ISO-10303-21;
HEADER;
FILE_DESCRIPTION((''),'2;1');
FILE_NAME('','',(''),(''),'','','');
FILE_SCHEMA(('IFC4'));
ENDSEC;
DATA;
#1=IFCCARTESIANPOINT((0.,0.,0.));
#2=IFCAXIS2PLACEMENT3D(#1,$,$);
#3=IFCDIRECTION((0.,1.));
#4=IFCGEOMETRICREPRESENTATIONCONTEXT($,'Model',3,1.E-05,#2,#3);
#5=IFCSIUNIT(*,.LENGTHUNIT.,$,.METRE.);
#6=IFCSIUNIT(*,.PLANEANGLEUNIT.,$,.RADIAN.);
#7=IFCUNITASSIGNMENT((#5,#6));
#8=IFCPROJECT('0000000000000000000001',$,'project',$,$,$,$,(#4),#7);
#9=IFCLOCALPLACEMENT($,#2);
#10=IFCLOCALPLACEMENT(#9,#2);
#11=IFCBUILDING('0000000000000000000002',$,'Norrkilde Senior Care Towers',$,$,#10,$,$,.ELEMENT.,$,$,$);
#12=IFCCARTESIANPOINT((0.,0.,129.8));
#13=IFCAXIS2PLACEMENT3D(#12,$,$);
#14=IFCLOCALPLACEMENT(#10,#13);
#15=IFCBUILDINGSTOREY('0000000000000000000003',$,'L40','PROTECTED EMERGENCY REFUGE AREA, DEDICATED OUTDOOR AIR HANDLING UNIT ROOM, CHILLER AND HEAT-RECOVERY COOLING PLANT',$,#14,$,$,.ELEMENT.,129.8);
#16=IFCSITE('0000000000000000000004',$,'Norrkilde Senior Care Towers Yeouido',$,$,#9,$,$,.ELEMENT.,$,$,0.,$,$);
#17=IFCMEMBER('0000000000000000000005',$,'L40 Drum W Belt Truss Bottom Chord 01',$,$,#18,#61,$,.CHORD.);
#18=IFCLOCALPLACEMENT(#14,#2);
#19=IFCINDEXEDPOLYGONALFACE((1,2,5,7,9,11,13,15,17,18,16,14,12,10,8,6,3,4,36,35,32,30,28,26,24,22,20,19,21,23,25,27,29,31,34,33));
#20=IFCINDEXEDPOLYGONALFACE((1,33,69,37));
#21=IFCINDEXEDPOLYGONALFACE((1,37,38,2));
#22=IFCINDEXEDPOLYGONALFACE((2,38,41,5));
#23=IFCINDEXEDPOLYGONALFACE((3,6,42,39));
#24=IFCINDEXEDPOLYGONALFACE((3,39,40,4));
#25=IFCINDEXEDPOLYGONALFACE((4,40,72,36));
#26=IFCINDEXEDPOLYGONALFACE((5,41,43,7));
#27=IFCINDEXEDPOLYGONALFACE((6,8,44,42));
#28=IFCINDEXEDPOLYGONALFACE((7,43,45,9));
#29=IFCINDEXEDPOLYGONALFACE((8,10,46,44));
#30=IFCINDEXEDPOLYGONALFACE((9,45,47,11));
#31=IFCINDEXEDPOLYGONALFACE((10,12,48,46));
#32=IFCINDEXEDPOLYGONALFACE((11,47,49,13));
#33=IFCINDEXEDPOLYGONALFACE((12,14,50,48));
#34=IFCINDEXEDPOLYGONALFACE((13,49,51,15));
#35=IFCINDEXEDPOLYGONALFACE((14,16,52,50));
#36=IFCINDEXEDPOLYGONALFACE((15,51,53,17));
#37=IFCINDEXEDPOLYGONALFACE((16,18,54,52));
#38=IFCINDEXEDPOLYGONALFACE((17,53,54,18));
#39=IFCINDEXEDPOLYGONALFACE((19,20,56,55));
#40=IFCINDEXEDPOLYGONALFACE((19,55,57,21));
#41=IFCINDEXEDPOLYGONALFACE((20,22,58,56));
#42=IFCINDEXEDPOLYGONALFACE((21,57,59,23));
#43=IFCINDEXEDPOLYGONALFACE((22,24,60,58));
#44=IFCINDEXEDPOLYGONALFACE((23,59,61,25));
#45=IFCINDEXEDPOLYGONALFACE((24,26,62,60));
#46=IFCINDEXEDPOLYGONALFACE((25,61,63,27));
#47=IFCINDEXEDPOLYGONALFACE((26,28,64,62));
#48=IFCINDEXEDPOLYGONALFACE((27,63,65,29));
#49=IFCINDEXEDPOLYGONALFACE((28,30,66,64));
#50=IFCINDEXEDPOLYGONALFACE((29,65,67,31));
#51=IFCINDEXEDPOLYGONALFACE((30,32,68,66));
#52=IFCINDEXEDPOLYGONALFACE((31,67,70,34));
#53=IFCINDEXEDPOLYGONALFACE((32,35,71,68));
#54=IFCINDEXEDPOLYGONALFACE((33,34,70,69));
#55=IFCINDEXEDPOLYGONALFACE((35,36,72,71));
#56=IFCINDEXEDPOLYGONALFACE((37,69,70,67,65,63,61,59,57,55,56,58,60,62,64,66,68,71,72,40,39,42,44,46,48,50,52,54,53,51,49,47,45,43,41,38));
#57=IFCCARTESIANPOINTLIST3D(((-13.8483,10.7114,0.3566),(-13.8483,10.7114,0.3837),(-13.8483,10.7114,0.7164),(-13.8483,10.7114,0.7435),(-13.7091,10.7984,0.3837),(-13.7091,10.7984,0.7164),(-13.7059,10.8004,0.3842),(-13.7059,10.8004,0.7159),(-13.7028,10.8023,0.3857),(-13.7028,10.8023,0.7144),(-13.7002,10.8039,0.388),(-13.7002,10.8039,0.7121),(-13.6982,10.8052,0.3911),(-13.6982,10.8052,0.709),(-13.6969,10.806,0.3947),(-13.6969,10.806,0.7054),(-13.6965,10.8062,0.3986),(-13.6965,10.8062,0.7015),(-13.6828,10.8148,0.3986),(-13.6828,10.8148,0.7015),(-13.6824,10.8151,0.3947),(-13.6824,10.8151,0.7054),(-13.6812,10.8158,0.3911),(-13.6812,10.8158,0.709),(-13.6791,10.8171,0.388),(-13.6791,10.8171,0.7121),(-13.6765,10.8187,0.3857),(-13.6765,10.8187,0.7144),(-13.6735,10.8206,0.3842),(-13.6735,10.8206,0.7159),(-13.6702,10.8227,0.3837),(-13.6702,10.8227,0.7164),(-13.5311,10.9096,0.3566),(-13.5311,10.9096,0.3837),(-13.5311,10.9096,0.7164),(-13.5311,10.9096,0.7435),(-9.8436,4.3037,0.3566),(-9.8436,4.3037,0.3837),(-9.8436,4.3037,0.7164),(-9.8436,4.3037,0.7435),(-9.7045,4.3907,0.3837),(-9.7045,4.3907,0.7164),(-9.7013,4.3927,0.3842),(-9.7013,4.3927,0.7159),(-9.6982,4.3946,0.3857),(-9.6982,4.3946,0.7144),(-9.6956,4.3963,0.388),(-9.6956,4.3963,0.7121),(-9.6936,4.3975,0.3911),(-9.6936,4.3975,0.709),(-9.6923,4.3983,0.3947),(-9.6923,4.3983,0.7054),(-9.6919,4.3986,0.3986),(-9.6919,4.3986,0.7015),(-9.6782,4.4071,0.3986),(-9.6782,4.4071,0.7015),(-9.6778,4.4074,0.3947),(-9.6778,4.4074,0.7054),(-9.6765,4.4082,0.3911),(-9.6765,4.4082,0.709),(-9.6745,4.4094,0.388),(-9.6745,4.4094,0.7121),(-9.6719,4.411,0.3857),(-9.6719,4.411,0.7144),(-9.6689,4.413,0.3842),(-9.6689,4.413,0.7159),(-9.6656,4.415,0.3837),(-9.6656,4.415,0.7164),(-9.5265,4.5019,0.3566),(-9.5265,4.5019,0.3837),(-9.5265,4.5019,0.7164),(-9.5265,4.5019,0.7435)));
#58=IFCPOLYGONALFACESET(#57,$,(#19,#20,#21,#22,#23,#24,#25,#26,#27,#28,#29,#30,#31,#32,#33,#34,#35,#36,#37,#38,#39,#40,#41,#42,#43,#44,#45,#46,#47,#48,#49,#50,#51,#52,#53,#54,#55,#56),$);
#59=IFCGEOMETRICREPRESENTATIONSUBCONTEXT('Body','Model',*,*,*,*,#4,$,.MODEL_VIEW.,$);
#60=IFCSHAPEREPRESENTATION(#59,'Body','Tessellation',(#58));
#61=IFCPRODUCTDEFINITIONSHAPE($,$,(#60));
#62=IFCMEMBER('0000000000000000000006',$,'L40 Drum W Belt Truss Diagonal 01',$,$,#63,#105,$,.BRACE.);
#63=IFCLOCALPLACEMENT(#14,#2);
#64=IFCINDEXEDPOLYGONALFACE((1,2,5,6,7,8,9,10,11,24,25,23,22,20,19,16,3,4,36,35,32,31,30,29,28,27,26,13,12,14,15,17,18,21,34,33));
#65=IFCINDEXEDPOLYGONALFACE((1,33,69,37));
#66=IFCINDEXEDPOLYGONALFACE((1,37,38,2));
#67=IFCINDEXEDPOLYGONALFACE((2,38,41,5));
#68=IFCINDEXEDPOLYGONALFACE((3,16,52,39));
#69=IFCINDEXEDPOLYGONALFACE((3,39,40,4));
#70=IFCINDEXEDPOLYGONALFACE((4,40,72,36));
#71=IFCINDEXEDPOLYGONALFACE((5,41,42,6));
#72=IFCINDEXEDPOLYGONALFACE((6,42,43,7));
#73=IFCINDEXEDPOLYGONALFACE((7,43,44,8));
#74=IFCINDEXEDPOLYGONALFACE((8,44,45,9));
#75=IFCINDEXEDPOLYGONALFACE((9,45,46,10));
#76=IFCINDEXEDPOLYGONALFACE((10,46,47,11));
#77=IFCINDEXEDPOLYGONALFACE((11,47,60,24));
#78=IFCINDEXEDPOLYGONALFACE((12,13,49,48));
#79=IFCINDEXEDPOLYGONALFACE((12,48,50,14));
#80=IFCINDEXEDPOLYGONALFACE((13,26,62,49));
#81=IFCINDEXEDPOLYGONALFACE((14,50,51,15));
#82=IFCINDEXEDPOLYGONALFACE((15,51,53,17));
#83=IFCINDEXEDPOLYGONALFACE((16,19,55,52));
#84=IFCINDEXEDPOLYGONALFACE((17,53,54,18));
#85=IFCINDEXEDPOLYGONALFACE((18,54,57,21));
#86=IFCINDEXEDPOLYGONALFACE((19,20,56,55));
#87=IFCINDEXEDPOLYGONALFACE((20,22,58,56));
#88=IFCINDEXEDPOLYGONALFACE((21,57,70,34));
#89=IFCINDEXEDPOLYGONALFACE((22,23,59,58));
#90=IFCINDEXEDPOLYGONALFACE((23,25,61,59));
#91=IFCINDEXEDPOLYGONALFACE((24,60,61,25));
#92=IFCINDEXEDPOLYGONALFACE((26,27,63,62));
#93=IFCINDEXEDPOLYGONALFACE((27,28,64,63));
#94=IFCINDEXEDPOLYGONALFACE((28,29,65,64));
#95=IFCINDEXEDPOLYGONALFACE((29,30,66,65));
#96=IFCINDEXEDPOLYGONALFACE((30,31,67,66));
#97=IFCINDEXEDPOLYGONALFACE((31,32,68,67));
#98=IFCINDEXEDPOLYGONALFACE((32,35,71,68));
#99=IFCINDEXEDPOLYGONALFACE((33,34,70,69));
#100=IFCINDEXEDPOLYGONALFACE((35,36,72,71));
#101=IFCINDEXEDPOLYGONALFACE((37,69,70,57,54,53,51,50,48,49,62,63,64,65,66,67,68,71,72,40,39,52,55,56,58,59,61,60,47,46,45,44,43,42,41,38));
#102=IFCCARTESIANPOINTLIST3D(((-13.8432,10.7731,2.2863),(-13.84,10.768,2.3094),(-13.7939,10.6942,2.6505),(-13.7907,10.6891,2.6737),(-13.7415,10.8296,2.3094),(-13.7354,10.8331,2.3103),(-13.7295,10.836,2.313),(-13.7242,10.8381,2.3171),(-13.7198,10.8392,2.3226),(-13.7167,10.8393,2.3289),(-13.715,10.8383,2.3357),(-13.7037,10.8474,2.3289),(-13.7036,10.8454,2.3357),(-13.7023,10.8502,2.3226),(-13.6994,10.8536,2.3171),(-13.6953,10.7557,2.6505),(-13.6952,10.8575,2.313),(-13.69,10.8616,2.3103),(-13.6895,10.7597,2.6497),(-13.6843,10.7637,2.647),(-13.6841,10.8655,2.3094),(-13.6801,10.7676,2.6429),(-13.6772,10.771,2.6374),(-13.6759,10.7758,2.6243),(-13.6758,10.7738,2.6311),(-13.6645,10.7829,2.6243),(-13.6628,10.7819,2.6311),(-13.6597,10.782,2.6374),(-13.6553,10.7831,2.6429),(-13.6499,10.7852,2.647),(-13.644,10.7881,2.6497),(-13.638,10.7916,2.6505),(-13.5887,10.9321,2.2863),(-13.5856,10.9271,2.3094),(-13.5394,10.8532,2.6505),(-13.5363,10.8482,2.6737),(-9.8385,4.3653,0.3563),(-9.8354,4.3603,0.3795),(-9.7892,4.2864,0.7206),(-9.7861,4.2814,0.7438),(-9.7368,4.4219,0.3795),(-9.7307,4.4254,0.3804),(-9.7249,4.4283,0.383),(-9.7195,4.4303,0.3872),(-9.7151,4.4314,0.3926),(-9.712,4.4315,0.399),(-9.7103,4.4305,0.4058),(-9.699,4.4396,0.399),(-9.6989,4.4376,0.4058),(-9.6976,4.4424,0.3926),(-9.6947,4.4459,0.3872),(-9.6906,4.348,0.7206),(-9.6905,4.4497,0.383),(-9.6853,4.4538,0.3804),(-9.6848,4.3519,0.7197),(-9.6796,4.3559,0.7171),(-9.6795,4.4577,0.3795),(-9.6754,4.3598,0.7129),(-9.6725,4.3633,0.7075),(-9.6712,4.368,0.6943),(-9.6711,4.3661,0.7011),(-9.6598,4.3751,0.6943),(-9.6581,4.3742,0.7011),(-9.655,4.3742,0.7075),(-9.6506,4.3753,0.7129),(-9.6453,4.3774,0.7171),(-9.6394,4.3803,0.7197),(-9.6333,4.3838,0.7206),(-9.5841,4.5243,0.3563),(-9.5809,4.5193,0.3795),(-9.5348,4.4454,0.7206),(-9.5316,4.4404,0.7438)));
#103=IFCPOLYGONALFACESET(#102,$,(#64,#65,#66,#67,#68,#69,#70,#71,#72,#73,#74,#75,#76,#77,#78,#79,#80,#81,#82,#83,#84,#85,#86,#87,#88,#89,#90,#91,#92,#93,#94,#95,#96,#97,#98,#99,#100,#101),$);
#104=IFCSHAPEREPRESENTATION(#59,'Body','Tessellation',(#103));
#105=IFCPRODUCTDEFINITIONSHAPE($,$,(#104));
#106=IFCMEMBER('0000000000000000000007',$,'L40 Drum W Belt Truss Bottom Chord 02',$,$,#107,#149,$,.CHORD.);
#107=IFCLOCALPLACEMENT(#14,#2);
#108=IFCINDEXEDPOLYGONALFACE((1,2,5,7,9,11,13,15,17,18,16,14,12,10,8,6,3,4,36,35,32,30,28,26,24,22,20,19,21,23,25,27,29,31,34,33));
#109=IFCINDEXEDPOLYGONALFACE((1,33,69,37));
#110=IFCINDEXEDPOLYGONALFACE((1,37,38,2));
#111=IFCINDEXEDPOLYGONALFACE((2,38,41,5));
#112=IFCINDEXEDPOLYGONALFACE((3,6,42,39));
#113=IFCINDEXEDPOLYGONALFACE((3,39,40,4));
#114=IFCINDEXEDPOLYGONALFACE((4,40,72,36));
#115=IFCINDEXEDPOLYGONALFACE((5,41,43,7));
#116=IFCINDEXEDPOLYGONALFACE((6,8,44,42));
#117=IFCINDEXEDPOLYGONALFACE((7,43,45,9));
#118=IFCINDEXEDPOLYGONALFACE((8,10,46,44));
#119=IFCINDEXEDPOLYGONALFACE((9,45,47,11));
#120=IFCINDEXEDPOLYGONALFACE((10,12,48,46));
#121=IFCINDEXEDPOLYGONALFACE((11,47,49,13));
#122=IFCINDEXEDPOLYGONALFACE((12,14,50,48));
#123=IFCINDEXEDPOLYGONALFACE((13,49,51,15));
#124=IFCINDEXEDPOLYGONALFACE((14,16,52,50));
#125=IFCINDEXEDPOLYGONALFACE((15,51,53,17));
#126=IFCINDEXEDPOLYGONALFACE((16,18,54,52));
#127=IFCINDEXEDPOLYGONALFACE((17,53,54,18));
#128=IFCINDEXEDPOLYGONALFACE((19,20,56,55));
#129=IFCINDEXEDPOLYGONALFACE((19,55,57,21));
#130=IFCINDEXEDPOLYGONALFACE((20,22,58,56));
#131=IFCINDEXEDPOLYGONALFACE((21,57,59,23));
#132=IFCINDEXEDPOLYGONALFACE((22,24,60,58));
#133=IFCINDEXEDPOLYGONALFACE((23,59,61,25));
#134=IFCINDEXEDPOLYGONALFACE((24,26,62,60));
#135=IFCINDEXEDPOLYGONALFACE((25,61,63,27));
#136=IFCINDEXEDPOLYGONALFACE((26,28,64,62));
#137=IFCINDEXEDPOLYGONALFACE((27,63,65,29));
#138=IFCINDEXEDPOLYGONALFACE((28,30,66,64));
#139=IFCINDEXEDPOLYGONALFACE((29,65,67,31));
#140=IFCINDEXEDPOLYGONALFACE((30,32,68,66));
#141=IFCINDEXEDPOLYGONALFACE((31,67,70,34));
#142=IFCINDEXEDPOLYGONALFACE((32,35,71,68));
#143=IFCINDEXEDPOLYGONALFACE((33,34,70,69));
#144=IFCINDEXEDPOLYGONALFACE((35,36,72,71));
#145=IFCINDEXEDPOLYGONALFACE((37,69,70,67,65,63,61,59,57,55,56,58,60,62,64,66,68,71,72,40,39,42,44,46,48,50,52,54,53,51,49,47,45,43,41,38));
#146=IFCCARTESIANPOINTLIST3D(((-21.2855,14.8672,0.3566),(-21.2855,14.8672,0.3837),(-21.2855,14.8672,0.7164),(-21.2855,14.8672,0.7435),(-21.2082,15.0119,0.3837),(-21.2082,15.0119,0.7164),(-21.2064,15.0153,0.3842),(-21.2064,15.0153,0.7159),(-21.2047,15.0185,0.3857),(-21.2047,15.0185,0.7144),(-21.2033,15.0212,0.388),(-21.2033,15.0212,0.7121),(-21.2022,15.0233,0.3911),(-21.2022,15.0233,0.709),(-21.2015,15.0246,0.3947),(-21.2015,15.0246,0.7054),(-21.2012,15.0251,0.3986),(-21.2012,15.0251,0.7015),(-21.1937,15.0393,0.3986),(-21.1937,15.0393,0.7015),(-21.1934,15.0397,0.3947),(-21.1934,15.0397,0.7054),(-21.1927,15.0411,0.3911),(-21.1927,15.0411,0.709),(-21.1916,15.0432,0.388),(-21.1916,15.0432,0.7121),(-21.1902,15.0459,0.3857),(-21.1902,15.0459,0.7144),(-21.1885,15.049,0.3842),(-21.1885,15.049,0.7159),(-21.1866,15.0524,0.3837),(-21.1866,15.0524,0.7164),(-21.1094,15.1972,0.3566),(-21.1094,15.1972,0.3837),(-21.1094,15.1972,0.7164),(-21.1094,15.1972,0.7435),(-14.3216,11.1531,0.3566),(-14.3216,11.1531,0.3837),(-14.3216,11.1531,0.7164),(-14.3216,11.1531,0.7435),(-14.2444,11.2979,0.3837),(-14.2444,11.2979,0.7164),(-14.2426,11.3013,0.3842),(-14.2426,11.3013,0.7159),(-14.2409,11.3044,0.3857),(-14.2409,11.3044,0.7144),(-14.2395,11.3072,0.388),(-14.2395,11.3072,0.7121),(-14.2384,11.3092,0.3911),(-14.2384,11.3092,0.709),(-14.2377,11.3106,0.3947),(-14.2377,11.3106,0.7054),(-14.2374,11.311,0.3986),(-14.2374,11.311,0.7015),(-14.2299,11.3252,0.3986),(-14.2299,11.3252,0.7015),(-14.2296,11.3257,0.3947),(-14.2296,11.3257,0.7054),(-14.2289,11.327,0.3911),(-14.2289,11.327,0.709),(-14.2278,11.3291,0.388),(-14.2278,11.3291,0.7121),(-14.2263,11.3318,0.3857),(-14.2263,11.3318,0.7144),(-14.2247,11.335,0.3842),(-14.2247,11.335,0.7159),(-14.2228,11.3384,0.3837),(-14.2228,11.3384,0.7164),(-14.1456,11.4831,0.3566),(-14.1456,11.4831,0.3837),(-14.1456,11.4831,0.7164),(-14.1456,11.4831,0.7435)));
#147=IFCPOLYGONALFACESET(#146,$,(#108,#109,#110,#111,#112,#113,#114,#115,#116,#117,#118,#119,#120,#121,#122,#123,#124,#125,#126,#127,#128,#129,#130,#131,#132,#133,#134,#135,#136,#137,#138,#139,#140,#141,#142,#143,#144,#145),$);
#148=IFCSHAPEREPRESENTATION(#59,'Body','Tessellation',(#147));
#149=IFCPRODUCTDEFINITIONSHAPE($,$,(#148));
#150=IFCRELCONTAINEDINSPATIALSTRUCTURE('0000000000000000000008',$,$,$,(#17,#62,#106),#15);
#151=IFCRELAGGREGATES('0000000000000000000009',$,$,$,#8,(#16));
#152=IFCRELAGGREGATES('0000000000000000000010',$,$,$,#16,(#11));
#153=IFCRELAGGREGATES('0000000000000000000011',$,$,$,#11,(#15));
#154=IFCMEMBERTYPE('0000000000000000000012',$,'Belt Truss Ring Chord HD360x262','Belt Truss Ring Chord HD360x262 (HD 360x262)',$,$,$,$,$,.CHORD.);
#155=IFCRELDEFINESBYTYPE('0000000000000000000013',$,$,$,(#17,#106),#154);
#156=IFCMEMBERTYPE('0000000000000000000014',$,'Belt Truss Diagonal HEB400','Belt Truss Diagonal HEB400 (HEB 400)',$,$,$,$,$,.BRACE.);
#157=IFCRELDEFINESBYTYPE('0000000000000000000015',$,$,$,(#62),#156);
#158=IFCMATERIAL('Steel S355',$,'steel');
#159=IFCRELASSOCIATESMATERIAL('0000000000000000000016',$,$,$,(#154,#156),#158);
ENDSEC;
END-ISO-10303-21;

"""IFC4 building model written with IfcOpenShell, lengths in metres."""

from ifc_helpers import new_model, si_unit, direction, frame, origin, origin_2d, place, context, subcontext, project, spatial, i_section, extrude, source, transform, mapped, material, material_profile, profile_set, type_object, type_shapes, element, save


model = new_model("IFC4")

# Units and contexts
model_context = context("Model", 3, precision=1e-05, world=origin(), true_north=direction((0.0, 1.0)))
body_context = subcontext(model_context, "Body", "Model", "MODEL_VIEW")
ifc_project = project(units=[si_unit("LENGTHUNIT", "METRE"), si_unit("PLANEANGLEUNIT", "RADIAN")], contexts=[model_context])

# Site, building, storey
site_placement = place(None, origin())
site = spatial("IfcSite", under=ifc_project, at=site_placement, Name="Norrkilde Senior Care Towers Yeouido", CompositionType="ELEMENT", RefElevation=0.0)
building_placement = place(site_placement, origin())
building = spatial("IfcBuilding", under=site, at=building_placement, Name="Norrkilde Senior Care Towers", CompositionType="ELEMENT")
storey_placement = place(building_placement, frame((0.0, 0.0, 129.8)))
storey = spatial("IfcBuildingStorey", under=building, at=storey_placement, Name="L40", Description="PROTECTED EMERGENCY REFUGE AREA, DEDICATED OUTDOOR AIR HANDLING UNIT ROOM, CHILLER AND HEAT-RECOVERY COOLING PLANT", CompositionType="ELEMENT", Elevation=129.8)

# Members
ifc_material_1 = material(Name="Steel S355", Category="steel")
ifc_material_profile_1 = material_profile(ifc_material_1, i_section(OverallWidth=0.374, OverallDepth=0.387, WebThickness=0.0161, FlangeThickness=0.0271, FilletRadius=0.0149, at=origin_2d()), Name="HD 360x262")
ifc_profile_set_1 = profile_set([ifc_material_profile_1], Name="Steel S355")
member_type_1 = type_object("IfcMemberType", Name="Belt Truss Ring Chord HD360x262", Description="Belt Truss Ring Chord HD360x262 (HD 360x262)", PredefinedType="CHORD", material=ifc_profile_set_1)
shared_shape_1 = source(origin(), body_context, "Body", "SweptSolid", [
    extrude(i_section(OverallWidth=0.374, OverallDepth=0.387, WebThickness=0.0161, FlangeThickness=0.0271, FilletRadius=0.0149, at=origin_2d()), origin(), (0.0, 0.0, 1.0), 7.5562),
])
member_1_placement = place(storey_placement, frame((-9.6851, 4.4028, 0.55), z_axis=(-0.529982, 0.848009, 0.0), x_axis=(-0.848009, -0.529982, 0.0)))
element("IfcMember", 1, at=member_1_placement, inside=storey, type_object=member_type_1, Name="L40 Drum W Belt Truss Bottom Chord 01", PredefinedType="CHORD", context=body_context, shape_type="MappedRepresentation", body=[
    mapped(shared_shape_1, transform((0.0, 0.0, 0.0), x_axis=(1.0, 0.0, 0.0), y_axis=(0.0, 1.0, 0.0), z_axis=(0.0, 0.0, 1.0), scale=1.0)),
])
ifc_material_profile_2 = material_profile(ifc_material_1, i_section(OverallWidth=0.3, OverallDepth=0.3999, WebThickness=0.0134, FlangeThickness=0.0239, FilletRadius=0.0271, at=origin_2d()), Name="HEB 400")
ifc_profile_set_2 = profile_set([ifc_material_profile_2], Name="Steel S355")
member_type_2 = type_object("IfcMemberType", Name="Belt Truss Diagonal HEB400", Description="Belt Truss Diagonal HEB400 (HEB 400)", PredefinedType="BRACE", material=ifc_profile_set_2)
shared_shape_2 = source(origin(), body_context, "Body", "SweptSolid", [
    extrude(i_section(OverallWidth=0.3, OverallDepth=0.3999, WebThickness=0.0134, FlangeThickness=0.0239, FilletRadius=0.0271, at=origin_2d()), origin(), (0.0, 0.0, 1.0), 7.7988),
])
member_2_placement = place(storey_placement, frame((-9.6851, 4.4028, 0.55), z_axis=(-0.513497, 0.821633, 0.247467), x_axis=(-0.848009, -0.529982, 0.0)))
element("IfcMember", 2, at=member_2_placement, inside=storey, type_object=member_type_2, Name="L40 Drum W Belt Truss Diagonal 01", PredefinedType="BRACE", context=body_context, shape_type="MappedRepresentation", body=[
    mapped(shared_shape_2, transform((0.0, 0.0, 0.0), x_axis=(1.0, 0.0, 0.0), y_axis=(0.0, 1.0, 0.0), z_axis=(0.0, 0.0, 1.0), scale=1.0)),
])
shared_shape_3 = source(origin(), body_context, "Body", "SweptSolid", [
    extrude(i_section(OverallWidth=0.374, OverallDepth=0.387, WebThickness=0.0161, FlangeThickness=0.0271, FilletRadius=0.0149, at=origin_2d()), origin(), (0.0, 0.0, 1.0), 7.8923),
])
type_shapes(member_type_1, [shared_shape_1, shared_shape_3])
member_3_placement = place(storey_placement, frame((-14.2336, 11.3181, 0.55), z_axis=(-0.88235, 0.470593, 0.0), x_axis=(-0.470593, -0.88235, 0.0)))
element("IfcMember", 3, at=member_3_placement, inside=storey, type_object=member_type_1, Name="L40 Drum W Belt Truss Bottom Chord 02", PredefinedType="CHORD", context=body_context, shape_type="MappedRepresentation", body=[
    mapped(shared_shape_3, transform((0.0, 0.0, 0.0), x_axis=(1.0, 0.0, 0.0), y_axis=(0.0, 1.0, 0.0), z_axis=(0.0, 0.0, 1.0), scale=1.0)),
])

save(model, "model.ifc")
